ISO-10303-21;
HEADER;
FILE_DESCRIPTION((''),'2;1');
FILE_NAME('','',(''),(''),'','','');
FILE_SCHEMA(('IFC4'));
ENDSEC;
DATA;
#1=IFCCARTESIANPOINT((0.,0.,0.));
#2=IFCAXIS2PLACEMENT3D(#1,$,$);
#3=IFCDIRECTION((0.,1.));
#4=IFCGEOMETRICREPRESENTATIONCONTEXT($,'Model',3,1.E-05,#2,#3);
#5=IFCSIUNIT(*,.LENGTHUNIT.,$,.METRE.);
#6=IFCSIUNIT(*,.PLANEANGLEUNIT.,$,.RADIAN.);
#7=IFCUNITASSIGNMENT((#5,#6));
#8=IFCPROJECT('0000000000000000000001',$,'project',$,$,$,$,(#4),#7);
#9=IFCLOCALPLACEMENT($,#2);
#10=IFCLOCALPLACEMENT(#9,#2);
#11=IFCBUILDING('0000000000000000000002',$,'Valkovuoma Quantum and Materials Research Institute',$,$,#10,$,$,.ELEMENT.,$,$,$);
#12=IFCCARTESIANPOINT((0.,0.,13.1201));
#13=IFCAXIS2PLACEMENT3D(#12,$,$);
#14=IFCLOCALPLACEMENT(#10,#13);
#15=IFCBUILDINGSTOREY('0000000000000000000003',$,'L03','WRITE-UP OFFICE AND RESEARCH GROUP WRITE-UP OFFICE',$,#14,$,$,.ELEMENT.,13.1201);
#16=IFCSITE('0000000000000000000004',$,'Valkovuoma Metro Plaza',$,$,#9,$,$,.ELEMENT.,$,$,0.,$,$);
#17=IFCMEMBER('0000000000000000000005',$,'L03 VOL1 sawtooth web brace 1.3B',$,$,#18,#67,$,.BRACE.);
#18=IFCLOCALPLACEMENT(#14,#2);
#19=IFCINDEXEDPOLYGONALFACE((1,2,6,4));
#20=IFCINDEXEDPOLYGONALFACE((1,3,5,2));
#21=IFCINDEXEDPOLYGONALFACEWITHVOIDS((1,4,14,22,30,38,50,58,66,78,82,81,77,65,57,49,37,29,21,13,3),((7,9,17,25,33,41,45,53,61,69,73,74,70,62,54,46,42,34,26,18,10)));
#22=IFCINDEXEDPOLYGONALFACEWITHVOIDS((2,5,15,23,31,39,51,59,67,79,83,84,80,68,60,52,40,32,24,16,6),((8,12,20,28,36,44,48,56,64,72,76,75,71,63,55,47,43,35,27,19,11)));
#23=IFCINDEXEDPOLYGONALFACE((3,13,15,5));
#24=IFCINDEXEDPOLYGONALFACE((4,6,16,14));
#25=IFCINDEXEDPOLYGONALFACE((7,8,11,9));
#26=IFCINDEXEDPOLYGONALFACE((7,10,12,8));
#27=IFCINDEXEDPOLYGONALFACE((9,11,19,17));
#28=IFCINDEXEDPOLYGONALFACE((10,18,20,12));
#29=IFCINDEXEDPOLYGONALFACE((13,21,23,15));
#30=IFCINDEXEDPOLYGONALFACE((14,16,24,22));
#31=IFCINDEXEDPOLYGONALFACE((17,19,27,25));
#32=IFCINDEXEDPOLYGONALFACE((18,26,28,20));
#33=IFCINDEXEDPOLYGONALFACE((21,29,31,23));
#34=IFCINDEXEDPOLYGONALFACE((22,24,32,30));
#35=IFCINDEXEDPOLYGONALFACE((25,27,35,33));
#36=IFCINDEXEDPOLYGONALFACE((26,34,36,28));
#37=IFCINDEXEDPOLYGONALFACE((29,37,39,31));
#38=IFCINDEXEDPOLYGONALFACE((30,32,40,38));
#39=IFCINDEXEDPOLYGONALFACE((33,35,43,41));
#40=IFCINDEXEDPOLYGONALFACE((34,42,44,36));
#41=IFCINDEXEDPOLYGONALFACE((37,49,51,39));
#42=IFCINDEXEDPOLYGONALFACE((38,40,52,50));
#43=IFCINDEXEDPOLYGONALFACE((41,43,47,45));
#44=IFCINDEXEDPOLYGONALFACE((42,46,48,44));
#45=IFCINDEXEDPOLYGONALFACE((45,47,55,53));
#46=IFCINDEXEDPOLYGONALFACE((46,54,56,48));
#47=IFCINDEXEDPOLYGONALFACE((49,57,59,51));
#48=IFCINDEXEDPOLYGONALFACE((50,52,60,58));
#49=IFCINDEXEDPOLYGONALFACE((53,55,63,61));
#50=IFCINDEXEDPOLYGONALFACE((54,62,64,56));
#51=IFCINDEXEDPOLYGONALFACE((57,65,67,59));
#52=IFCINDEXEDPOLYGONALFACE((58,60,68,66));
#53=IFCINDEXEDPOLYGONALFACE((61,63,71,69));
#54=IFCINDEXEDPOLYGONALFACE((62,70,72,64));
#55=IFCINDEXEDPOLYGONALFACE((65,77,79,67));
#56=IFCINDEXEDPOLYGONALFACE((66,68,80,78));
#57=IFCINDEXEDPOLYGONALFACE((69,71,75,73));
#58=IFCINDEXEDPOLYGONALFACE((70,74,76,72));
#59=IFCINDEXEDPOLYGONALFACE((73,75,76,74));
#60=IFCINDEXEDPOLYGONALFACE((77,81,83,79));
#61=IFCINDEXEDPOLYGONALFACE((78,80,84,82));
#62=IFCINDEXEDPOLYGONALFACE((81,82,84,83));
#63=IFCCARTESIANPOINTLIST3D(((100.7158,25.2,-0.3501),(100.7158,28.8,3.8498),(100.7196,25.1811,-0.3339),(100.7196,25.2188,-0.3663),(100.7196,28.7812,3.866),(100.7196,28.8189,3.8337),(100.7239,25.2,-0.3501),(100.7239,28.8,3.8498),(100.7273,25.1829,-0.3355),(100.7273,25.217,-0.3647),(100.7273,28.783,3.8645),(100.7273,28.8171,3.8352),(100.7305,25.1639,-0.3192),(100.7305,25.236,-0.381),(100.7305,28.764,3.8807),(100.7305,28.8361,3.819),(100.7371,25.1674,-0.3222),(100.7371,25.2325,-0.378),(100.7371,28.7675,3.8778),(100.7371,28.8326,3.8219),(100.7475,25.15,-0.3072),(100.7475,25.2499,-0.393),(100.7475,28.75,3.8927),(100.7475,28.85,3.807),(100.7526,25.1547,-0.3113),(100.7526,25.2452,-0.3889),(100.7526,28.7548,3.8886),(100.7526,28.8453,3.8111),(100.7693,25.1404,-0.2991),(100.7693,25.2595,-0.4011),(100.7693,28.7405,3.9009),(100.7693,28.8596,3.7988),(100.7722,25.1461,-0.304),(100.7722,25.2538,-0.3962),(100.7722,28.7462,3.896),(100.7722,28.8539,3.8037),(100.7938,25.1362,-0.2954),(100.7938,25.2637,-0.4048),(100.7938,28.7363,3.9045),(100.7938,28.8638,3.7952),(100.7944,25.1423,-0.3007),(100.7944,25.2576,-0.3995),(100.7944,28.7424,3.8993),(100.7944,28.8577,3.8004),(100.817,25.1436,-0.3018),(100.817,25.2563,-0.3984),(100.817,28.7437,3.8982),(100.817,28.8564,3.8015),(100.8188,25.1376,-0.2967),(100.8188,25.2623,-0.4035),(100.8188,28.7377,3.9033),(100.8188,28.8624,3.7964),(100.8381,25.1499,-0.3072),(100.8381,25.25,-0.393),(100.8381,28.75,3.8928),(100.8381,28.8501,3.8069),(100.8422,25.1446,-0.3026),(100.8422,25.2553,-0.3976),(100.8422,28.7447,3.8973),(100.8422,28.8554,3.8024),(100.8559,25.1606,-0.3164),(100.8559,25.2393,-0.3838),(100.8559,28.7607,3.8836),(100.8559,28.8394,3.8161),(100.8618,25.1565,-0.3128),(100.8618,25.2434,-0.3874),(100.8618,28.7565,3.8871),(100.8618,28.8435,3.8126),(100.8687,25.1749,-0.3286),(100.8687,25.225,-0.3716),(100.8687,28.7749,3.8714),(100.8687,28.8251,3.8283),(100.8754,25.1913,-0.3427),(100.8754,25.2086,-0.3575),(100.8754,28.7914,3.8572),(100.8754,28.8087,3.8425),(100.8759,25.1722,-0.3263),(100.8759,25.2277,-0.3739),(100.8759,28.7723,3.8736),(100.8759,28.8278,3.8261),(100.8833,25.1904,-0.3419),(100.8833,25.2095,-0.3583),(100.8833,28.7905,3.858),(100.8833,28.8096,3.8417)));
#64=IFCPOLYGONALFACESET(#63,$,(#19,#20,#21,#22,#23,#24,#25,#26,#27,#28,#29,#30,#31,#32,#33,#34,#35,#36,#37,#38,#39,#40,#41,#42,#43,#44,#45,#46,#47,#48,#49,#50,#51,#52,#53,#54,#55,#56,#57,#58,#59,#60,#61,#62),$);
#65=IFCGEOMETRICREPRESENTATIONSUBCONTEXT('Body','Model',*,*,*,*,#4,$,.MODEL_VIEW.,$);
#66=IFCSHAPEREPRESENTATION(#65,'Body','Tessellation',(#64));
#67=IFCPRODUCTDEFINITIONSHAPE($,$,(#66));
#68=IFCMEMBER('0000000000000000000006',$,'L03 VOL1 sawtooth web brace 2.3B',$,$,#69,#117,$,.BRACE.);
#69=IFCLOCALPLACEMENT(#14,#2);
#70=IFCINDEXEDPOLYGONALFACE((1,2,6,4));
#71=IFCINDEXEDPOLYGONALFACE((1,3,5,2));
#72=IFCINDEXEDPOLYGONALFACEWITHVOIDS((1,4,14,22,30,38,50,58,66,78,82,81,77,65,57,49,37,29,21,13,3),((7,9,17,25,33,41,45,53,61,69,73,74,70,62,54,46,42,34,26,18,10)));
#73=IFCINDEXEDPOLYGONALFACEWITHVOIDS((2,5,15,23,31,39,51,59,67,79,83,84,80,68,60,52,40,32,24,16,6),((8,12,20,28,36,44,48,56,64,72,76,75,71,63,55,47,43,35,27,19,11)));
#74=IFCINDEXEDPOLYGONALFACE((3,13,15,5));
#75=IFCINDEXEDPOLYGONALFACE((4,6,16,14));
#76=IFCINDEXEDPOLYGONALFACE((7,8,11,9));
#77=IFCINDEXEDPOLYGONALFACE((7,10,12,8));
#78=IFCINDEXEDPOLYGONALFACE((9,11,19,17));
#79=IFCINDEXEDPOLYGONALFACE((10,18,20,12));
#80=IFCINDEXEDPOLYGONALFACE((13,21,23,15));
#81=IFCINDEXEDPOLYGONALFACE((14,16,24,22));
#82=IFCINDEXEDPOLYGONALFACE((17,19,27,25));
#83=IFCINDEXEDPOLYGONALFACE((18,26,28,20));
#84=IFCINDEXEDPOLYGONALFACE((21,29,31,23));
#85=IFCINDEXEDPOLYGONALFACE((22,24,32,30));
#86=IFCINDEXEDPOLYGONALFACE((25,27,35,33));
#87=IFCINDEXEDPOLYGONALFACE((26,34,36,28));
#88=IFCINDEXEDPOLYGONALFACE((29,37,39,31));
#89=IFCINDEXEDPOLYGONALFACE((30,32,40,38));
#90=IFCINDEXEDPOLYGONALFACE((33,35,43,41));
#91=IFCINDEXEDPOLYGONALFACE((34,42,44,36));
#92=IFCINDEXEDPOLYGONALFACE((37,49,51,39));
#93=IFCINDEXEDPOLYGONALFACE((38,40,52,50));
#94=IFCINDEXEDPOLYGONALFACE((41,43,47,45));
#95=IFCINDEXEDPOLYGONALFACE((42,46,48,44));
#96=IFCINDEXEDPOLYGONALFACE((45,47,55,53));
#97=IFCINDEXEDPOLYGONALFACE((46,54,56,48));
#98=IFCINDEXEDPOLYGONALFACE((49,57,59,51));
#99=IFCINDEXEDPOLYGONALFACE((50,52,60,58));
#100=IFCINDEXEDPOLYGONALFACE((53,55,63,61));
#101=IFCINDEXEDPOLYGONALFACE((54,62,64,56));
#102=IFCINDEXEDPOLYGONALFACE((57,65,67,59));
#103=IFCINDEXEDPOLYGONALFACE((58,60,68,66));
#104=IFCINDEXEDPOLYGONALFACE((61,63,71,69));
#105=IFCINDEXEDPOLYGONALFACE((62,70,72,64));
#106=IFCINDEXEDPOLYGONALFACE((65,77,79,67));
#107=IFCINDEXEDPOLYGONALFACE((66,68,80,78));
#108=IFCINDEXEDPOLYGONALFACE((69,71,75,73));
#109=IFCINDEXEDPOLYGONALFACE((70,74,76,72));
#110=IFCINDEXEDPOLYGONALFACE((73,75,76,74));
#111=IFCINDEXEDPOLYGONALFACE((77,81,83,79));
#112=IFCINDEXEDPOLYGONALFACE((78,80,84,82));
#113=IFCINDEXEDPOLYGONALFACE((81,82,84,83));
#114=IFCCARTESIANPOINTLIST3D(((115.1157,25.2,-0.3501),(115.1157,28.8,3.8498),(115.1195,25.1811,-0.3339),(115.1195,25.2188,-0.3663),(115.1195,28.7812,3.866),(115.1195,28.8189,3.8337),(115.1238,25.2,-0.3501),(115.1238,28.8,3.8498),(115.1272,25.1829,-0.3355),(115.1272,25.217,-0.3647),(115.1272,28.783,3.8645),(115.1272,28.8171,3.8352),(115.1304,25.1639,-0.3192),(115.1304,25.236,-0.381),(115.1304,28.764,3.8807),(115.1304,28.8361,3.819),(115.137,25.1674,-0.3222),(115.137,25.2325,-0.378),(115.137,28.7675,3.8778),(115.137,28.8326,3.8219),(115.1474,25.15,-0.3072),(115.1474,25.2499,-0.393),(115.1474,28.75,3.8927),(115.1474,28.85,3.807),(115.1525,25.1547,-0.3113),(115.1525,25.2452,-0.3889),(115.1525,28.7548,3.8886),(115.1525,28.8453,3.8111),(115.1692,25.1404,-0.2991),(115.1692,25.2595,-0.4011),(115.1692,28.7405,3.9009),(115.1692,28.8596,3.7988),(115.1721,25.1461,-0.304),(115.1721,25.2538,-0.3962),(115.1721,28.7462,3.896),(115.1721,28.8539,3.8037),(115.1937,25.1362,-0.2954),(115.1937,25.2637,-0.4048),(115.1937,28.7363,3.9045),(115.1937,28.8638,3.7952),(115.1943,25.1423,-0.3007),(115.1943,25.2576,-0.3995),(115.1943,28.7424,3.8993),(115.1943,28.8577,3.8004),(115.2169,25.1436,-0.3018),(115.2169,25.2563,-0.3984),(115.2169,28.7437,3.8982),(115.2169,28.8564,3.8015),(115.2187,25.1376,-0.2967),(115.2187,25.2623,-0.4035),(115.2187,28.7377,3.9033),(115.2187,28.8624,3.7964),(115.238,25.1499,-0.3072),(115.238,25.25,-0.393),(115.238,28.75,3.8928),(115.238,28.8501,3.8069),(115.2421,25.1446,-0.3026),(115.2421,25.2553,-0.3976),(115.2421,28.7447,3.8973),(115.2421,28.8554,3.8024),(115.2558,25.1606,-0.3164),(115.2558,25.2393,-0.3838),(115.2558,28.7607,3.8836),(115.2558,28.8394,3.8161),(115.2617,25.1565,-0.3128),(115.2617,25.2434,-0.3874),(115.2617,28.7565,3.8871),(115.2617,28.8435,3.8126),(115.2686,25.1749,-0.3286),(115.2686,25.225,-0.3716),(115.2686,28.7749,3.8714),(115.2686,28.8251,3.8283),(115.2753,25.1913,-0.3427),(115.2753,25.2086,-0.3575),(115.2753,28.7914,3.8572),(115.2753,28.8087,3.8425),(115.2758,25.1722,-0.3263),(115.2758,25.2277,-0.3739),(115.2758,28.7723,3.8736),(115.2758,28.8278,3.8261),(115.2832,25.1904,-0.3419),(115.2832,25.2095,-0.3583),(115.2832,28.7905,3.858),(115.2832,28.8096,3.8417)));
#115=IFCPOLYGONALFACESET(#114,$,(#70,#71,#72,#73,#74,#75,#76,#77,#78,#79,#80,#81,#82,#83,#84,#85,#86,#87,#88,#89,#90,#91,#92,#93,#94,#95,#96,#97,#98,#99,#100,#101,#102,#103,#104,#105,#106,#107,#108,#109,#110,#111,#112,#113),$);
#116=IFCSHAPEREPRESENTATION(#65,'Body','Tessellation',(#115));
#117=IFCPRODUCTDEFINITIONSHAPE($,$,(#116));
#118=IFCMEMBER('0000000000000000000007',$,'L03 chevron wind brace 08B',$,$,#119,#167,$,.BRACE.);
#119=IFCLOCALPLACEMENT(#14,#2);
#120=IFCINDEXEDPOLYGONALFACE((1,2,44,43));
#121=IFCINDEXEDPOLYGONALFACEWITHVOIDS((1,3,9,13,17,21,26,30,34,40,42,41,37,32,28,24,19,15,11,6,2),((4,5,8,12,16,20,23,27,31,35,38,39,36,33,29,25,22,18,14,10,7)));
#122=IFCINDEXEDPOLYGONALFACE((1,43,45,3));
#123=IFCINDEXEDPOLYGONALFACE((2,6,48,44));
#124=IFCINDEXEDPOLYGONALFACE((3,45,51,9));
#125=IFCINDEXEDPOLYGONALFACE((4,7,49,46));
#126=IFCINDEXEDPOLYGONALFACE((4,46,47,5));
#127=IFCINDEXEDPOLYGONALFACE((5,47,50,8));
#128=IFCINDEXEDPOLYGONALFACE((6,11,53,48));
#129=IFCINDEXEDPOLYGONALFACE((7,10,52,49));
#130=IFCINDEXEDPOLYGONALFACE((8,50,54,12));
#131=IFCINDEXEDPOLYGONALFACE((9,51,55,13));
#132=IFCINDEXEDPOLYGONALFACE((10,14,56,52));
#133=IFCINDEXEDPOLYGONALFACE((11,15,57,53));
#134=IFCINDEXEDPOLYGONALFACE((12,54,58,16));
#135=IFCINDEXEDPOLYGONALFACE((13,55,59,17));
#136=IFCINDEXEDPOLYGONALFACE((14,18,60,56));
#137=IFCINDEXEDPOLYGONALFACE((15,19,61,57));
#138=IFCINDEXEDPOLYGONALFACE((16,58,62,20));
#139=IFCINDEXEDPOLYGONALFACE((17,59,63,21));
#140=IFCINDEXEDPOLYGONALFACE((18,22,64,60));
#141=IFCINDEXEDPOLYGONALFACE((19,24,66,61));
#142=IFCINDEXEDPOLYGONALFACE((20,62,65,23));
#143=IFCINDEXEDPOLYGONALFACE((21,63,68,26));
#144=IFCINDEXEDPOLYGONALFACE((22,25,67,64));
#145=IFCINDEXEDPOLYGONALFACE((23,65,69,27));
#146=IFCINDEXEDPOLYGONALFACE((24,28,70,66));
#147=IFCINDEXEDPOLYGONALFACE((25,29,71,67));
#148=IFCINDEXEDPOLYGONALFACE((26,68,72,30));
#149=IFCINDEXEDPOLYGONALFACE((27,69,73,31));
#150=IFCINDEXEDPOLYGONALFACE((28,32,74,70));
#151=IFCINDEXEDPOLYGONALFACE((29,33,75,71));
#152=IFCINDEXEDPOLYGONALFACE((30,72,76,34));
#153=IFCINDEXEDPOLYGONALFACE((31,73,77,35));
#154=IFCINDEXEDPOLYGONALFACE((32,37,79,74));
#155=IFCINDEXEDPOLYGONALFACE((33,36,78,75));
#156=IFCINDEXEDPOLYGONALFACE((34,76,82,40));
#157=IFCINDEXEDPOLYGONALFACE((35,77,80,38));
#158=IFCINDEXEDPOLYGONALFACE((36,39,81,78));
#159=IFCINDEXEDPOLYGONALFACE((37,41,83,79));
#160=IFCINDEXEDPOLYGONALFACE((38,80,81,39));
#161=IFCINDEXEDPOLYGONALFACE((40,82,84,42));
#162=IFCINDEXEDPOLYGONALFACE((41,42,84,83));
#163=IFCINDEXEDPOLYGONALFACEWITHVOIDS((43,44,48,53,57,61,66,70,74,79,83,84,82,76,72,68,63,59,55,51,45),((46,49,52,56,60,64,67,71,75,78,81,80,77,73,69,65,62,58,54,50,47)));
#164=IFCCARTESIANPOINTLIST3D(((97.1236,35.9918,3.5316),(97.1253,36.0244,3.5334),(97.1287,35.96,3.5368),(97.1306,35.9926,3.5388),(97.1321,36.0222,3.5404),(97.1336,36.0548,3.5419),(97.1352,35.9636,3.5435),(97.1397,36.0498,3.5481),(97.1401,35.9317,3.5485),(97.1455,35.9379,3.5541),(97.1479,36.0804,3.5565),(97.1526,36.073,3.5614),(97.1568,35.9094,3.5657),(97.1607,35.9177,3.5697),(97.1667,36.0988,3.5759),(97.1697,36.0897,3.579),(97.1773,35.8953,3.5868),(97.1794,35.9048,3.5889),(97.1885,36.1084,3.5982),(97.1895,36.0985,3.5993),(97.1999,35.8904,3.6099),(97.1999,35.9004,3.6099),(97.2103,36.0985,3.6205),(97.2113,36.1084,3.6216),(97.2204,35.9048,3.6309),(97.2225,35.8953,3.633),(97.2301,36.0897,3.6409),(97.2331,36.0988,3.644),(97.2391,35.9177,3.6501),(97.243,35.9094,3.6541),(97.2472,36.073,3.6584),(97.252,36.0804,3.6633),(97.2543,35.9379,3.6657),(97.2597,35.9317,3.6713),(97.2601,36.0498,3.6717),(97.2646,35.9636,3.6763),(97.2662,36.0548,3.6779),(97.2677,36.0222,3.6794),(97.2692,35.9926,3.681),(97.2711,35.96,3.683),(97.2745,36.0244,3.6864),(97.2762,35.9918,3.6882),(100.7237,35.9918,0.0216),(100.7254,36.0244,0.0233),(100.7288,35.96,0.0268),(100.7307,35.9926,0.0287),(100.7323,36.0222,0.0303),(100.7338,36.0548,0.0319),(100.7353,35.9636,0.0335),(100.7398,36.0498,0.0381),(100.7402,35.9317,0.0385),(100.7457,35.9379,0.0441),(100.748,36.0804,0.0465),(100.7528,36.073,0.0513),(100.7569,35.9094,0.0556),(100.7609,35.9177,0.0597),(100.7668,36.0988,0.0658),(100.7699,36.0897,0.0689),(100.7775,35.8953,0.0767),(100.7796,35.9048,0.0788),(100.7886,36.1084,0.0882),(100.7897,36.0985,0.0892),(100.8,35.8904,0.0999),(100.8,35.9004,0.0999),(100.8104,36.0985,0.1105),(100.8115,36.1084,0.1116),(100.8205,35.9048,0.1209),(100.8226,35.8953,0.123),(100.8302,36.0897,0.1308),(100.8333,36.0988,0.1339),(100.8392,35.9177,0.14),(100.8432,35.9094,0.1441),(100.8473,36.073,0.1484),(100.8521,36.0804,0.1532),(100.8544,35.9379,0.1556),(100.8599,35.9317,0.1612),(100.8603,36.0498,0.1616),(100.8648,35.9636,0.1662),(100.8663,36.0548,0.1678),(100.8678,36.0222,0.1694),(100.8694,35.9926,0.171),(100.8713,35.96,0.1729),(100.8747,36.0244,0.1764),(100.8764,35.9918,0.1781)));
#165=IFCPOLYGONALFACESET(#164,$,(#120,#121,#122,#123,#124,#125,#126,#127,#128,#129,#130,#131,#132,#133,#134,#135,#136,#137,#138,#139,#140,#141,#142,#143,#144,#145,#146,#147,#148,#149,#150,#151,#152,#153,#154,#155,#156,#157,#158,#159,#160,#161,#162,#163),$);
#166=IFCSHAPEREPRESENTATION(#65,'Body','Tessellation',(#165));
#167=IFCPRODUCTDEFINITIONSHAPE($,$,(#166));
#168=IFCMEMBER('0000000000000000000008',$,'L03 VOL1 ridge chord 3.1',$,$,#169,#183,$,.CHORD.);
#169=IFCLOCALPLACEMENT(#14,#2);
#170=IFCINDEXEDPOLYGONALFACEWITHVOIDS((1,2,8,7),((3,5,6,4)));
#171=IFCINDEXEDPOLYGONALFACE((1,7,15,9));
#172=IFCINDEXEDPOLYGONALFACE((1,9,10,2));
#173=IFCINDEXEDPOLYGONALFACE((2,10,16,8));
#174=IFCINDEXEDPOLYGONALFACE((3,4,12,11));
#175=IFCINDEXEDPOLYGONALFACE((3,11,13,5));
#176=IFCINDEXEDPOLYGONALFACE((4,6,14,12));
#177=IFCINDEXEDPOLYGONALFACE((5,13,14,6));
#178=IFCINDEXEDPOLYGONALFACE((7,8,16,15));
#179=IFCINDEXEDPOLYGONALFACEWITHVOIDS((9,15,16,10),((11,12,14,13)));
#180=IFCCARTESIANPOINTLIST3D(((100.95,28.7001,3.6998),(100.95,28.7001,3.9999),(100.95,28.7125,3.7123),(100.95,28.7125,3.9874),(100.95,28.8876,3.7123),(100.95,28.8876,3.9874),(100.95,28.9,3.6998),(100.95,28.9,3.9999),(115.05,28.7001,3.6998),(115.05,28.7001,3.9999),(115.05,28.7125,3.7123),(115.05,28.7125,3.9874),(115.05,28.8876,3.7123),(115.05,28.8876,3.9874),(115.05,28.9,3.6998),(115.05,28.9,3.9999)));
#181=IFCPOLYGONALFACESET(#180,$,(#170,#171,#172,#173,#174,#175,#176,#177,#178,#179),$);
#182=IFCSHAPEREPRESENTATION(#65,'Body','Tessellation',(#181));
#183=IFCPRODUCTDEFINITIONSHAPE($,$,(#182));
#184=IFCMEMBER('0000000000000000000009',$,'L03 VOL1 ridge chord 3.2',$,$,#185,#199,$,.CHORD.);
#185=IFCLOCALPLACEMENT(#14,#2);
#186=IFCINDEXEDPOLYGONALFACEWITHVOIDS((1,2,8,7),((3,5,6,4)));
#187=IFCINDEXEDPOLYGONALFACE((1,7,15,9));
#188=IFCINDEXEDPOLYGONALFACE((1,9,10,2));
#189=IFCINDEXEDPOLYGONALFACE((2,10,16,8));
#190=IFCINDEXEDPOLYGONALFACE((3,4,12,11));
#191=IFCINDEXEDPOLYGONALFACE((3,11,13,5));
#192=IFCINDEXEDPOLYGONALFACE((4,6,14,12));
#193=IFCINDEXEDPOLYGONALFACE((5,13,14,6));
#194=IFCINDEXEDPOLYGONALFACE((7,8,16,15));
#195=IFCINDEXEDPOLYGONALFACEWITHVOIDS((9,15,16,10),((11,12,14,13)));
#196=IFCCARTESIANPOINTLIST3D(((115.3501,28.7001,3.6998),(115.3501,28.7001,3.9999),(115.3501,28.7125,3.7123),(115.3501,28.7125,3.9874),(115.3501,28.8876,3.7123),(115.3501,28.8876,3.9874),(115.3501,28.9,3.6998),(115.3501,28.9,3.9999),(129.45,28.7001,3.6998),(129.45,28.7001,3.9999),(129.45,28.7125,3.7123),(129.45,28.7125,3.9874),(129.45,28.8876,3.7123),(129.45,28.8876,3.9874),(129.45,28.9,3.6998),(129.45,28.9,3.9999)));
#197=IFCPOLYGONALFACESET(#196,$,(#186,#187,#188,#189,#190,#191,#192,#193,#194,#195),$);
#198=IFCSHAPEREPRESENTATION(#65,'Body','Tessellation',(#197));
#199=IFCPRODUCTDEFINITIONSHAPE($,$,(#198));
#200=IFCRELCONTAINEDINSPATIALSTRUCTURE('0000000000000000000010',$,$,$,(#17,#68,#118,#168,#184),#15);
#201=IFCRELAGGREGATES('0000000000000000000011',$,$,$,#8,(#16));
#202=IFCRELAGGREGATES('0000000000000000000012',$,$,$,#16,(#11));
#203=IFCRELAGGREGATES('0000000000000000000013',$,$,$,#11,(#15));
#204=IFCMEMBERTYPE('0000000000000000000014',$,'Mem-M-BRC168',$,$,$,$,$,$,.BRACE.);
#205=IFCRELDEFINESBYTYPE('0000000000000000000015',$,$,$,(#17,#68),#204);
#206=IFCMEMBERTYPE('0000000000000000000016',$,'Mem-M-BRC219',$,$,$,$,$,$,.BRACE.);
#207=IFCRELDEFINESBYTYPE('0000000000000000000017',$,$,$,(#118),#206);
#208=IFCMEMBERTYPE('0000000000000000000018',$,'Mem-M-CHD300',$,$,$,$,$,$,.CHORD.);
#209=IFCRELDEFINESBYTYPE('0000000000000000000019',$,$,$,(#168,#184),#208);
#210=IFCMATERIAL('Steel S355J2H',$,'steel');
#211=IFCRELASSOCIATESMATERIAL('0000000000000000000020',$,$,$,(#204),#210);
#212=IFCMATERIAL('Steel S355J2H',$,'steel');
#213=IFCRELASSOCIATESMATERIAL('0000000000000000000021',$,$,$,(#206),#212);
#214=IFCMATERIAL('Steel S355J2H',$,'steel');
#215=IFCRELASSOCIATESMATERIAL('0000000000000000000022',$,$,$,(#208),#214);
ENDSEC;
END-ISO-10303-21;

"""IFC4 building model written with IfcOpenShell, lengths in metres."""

from ifc_helpers import new_model, si_unit, direction, frame, origin, origin_2d, place, context, subcontext, project, spatial, hollow_rectangle, hollow_circle, extrude, material, material_profile, profile_set, type_object, element, save


model = new_model("IFC4")

# Units and contexts
model_context = context("Model", 3, precision=1e-05, world=origin(), true_north=direction((0.0, 1.0)))
body_context = subcontext(model_context, "Body", "Model", "MODEL_VIEW")
ifc_project = project(units=[si_unit("LENGTHUNIT", "METRE"), si_unit("PLANEANGLEUNIT", "RADIAN")], contexts=[model_context])

# Site, building, storey
site_placement = place(None, origin())
site = spatial("IfcSite", under=ifc_project, at=site_placement, Name="Valkovuoma Metro Plaza", CompositionType="ELEMENT", RefElevation=0.0)
building_placement = place(site_placement, origin())
building = spatial("IfcBuilding", under=site, at=building_placement, Name="Valkovuoma Quantum and Materials Research Institute", CompositionType="ELEMENT")
storey_placement = place(building_placement, frame((0.0, 0.0, 13.1201)))
storey = spatial("IfcBuildingStorey", under=building, at=storey_placement, Name="L03", Description="WRITE-UP OFFICE AND RESEARCH GROUP WRITE-UP OFFICE", CompositionType="ELEMENT", Elevation=13.1201)

# Members
ifc_material_1 = material(Name="Steel S355J2H", Category="steel")
ifc_material_profile_1 = material_profile(ifc_material_1, hollow_circle(Radius=0.0842, WallThickness=0.0081, at=origin_2d()), Name="Steel S355J2H")
ifc_profile_set_1 = profile_set([ifc_material_profile_1], Name="Steel S355J2H")
member_type_1 = type_object("IfcMemberType", Name="Mem-M-BRC168", PredefinedType="BRACE", material=ifc_profile_set_1)
for number, where, z_axis, x_axis, name in (
    (1, (100.8, 25.2, -0.3501), (0.0, 0.650806, 0.759244), (-1.0, 0.0, 0.0), "L03 VOL1 sawtooth web brace 1.3B"),
    (2, (115.2, 25.2, -0.3501), (0.0, 0.650806, 0.759244), (-1.0, 0.0, 0.0), "L03 VOL1 sawtooth web brace 2.3B"),
):
    element("IfcMember", number, at=place(storey_placement, frame(where, z_axis=z_axis, x_axis=x_axis)), inside=storey, type_object=member_type_1, Name=name, PredefinedType="BRACE", context=body_context, shape_type="SweptSolid", body=[
        extrude(hollow_circle(Radius=0.0842, WallThickness=0.0081, at=origin_2d()), origin(), (0.0, 0.0, 1.0), 5.5317),
    ])
ifc_material_2 = material(Name="Steel S355J2H", Category="steel")
ifc_material_profile_2 = material_profile(ifc_material_2, hollow_circle(Radius=0.1096, WallThickness=0.01, at=origin_2d()), Name="Steel S355J2H")
ifc_profile_set_2 = profile_set([ifc_material_profile_2], Name="Steel S355J2H")
member_type_2 = type_object("IfcMemberType", Name="Mem-M-BRC219", PredefinedType="BRACE", material=ifc_profile_set_2)
member_1_placement = place(storey_placement, frame((100.8, 36.0, 0.0999), z_axis=(-0.716009, 0.0, 0.698091), x_axis=(0.0, -1.0, 0.0)))
element("IfcMember", 3, at=member_1_placement, inside=storey, type_object=member_type_2, Name="L03 chevron wind brace 08B", PredefinedType="BRACE", context=body_context, shape_type="SweptSolid", body=[
    extrude(hollow_circle(Radius=0.1096, WallThickness=0.01, at=origin_2d()), origin(), (0.0, 0.0, 1.0), 5.0281),
])
ifc_material_3 = material(Name="Steel S355J2H", Category="steel")
ifc_material_profile_3 = material_profile(ifc_material_3, hollow_rectangle(XDim=0.2, YDim=0.3, WallThickness=0.0125, at=origin_2d()), Name="Steel S355J2H")
ifc_profile_set_3 = profile_set([ifc_material_profile_3], Name="Steel S355J2H")
member_type_3 = type_object("IfcMemberType", Name="Mem-M-CHD300", PredefinedType="CHORD", material=ifc_profile_set_3)
member_2_placement = place(storey_placement, frame((100.95, 28.8, 3.8499), z_axis=(1.0, 0.0, 0.0), x_axis=(0.0, 1.0, 0.0)))
element("IfcMember", 4, at=member_2_placement, inside=storey, type_object=member_type_3, Name="L03 VOL1 ridge chord 3.1", PredefinedType="CHORD", context=body_context, shape_type="SweptSolid", body=[
    extrude(hollow_rectangle(XDim=0.2, YDim=0.3, WallThickness=0.0125, at=origin_2d()), origin(), (0.0, 0.0, 1.0), 14.1001),
])
member_3_placement = place(storey_placement, frame((115.3501, 28.8, 3.8499), z_axis=(1.0, 0.0, 0.0), x_axis=(0.0, 1.0, 0.0)))
element("IfcMember", 5, at=member_3_placement, inside=storey, type_object=member_type_3, Name="L03 VOL1 ridge chord 3.2", PredefinedType="CHORD", context=body_context, shape_type="SweptSolid", body=[
    extrude(hollow_rectangle(XDim=0.2, YDim=0.3, WallThickness=0.0125, at=origin_2d()), origin(), (0.0, 0.0, 1.0), 14.0999),
])

save(model, "model.ifc")
